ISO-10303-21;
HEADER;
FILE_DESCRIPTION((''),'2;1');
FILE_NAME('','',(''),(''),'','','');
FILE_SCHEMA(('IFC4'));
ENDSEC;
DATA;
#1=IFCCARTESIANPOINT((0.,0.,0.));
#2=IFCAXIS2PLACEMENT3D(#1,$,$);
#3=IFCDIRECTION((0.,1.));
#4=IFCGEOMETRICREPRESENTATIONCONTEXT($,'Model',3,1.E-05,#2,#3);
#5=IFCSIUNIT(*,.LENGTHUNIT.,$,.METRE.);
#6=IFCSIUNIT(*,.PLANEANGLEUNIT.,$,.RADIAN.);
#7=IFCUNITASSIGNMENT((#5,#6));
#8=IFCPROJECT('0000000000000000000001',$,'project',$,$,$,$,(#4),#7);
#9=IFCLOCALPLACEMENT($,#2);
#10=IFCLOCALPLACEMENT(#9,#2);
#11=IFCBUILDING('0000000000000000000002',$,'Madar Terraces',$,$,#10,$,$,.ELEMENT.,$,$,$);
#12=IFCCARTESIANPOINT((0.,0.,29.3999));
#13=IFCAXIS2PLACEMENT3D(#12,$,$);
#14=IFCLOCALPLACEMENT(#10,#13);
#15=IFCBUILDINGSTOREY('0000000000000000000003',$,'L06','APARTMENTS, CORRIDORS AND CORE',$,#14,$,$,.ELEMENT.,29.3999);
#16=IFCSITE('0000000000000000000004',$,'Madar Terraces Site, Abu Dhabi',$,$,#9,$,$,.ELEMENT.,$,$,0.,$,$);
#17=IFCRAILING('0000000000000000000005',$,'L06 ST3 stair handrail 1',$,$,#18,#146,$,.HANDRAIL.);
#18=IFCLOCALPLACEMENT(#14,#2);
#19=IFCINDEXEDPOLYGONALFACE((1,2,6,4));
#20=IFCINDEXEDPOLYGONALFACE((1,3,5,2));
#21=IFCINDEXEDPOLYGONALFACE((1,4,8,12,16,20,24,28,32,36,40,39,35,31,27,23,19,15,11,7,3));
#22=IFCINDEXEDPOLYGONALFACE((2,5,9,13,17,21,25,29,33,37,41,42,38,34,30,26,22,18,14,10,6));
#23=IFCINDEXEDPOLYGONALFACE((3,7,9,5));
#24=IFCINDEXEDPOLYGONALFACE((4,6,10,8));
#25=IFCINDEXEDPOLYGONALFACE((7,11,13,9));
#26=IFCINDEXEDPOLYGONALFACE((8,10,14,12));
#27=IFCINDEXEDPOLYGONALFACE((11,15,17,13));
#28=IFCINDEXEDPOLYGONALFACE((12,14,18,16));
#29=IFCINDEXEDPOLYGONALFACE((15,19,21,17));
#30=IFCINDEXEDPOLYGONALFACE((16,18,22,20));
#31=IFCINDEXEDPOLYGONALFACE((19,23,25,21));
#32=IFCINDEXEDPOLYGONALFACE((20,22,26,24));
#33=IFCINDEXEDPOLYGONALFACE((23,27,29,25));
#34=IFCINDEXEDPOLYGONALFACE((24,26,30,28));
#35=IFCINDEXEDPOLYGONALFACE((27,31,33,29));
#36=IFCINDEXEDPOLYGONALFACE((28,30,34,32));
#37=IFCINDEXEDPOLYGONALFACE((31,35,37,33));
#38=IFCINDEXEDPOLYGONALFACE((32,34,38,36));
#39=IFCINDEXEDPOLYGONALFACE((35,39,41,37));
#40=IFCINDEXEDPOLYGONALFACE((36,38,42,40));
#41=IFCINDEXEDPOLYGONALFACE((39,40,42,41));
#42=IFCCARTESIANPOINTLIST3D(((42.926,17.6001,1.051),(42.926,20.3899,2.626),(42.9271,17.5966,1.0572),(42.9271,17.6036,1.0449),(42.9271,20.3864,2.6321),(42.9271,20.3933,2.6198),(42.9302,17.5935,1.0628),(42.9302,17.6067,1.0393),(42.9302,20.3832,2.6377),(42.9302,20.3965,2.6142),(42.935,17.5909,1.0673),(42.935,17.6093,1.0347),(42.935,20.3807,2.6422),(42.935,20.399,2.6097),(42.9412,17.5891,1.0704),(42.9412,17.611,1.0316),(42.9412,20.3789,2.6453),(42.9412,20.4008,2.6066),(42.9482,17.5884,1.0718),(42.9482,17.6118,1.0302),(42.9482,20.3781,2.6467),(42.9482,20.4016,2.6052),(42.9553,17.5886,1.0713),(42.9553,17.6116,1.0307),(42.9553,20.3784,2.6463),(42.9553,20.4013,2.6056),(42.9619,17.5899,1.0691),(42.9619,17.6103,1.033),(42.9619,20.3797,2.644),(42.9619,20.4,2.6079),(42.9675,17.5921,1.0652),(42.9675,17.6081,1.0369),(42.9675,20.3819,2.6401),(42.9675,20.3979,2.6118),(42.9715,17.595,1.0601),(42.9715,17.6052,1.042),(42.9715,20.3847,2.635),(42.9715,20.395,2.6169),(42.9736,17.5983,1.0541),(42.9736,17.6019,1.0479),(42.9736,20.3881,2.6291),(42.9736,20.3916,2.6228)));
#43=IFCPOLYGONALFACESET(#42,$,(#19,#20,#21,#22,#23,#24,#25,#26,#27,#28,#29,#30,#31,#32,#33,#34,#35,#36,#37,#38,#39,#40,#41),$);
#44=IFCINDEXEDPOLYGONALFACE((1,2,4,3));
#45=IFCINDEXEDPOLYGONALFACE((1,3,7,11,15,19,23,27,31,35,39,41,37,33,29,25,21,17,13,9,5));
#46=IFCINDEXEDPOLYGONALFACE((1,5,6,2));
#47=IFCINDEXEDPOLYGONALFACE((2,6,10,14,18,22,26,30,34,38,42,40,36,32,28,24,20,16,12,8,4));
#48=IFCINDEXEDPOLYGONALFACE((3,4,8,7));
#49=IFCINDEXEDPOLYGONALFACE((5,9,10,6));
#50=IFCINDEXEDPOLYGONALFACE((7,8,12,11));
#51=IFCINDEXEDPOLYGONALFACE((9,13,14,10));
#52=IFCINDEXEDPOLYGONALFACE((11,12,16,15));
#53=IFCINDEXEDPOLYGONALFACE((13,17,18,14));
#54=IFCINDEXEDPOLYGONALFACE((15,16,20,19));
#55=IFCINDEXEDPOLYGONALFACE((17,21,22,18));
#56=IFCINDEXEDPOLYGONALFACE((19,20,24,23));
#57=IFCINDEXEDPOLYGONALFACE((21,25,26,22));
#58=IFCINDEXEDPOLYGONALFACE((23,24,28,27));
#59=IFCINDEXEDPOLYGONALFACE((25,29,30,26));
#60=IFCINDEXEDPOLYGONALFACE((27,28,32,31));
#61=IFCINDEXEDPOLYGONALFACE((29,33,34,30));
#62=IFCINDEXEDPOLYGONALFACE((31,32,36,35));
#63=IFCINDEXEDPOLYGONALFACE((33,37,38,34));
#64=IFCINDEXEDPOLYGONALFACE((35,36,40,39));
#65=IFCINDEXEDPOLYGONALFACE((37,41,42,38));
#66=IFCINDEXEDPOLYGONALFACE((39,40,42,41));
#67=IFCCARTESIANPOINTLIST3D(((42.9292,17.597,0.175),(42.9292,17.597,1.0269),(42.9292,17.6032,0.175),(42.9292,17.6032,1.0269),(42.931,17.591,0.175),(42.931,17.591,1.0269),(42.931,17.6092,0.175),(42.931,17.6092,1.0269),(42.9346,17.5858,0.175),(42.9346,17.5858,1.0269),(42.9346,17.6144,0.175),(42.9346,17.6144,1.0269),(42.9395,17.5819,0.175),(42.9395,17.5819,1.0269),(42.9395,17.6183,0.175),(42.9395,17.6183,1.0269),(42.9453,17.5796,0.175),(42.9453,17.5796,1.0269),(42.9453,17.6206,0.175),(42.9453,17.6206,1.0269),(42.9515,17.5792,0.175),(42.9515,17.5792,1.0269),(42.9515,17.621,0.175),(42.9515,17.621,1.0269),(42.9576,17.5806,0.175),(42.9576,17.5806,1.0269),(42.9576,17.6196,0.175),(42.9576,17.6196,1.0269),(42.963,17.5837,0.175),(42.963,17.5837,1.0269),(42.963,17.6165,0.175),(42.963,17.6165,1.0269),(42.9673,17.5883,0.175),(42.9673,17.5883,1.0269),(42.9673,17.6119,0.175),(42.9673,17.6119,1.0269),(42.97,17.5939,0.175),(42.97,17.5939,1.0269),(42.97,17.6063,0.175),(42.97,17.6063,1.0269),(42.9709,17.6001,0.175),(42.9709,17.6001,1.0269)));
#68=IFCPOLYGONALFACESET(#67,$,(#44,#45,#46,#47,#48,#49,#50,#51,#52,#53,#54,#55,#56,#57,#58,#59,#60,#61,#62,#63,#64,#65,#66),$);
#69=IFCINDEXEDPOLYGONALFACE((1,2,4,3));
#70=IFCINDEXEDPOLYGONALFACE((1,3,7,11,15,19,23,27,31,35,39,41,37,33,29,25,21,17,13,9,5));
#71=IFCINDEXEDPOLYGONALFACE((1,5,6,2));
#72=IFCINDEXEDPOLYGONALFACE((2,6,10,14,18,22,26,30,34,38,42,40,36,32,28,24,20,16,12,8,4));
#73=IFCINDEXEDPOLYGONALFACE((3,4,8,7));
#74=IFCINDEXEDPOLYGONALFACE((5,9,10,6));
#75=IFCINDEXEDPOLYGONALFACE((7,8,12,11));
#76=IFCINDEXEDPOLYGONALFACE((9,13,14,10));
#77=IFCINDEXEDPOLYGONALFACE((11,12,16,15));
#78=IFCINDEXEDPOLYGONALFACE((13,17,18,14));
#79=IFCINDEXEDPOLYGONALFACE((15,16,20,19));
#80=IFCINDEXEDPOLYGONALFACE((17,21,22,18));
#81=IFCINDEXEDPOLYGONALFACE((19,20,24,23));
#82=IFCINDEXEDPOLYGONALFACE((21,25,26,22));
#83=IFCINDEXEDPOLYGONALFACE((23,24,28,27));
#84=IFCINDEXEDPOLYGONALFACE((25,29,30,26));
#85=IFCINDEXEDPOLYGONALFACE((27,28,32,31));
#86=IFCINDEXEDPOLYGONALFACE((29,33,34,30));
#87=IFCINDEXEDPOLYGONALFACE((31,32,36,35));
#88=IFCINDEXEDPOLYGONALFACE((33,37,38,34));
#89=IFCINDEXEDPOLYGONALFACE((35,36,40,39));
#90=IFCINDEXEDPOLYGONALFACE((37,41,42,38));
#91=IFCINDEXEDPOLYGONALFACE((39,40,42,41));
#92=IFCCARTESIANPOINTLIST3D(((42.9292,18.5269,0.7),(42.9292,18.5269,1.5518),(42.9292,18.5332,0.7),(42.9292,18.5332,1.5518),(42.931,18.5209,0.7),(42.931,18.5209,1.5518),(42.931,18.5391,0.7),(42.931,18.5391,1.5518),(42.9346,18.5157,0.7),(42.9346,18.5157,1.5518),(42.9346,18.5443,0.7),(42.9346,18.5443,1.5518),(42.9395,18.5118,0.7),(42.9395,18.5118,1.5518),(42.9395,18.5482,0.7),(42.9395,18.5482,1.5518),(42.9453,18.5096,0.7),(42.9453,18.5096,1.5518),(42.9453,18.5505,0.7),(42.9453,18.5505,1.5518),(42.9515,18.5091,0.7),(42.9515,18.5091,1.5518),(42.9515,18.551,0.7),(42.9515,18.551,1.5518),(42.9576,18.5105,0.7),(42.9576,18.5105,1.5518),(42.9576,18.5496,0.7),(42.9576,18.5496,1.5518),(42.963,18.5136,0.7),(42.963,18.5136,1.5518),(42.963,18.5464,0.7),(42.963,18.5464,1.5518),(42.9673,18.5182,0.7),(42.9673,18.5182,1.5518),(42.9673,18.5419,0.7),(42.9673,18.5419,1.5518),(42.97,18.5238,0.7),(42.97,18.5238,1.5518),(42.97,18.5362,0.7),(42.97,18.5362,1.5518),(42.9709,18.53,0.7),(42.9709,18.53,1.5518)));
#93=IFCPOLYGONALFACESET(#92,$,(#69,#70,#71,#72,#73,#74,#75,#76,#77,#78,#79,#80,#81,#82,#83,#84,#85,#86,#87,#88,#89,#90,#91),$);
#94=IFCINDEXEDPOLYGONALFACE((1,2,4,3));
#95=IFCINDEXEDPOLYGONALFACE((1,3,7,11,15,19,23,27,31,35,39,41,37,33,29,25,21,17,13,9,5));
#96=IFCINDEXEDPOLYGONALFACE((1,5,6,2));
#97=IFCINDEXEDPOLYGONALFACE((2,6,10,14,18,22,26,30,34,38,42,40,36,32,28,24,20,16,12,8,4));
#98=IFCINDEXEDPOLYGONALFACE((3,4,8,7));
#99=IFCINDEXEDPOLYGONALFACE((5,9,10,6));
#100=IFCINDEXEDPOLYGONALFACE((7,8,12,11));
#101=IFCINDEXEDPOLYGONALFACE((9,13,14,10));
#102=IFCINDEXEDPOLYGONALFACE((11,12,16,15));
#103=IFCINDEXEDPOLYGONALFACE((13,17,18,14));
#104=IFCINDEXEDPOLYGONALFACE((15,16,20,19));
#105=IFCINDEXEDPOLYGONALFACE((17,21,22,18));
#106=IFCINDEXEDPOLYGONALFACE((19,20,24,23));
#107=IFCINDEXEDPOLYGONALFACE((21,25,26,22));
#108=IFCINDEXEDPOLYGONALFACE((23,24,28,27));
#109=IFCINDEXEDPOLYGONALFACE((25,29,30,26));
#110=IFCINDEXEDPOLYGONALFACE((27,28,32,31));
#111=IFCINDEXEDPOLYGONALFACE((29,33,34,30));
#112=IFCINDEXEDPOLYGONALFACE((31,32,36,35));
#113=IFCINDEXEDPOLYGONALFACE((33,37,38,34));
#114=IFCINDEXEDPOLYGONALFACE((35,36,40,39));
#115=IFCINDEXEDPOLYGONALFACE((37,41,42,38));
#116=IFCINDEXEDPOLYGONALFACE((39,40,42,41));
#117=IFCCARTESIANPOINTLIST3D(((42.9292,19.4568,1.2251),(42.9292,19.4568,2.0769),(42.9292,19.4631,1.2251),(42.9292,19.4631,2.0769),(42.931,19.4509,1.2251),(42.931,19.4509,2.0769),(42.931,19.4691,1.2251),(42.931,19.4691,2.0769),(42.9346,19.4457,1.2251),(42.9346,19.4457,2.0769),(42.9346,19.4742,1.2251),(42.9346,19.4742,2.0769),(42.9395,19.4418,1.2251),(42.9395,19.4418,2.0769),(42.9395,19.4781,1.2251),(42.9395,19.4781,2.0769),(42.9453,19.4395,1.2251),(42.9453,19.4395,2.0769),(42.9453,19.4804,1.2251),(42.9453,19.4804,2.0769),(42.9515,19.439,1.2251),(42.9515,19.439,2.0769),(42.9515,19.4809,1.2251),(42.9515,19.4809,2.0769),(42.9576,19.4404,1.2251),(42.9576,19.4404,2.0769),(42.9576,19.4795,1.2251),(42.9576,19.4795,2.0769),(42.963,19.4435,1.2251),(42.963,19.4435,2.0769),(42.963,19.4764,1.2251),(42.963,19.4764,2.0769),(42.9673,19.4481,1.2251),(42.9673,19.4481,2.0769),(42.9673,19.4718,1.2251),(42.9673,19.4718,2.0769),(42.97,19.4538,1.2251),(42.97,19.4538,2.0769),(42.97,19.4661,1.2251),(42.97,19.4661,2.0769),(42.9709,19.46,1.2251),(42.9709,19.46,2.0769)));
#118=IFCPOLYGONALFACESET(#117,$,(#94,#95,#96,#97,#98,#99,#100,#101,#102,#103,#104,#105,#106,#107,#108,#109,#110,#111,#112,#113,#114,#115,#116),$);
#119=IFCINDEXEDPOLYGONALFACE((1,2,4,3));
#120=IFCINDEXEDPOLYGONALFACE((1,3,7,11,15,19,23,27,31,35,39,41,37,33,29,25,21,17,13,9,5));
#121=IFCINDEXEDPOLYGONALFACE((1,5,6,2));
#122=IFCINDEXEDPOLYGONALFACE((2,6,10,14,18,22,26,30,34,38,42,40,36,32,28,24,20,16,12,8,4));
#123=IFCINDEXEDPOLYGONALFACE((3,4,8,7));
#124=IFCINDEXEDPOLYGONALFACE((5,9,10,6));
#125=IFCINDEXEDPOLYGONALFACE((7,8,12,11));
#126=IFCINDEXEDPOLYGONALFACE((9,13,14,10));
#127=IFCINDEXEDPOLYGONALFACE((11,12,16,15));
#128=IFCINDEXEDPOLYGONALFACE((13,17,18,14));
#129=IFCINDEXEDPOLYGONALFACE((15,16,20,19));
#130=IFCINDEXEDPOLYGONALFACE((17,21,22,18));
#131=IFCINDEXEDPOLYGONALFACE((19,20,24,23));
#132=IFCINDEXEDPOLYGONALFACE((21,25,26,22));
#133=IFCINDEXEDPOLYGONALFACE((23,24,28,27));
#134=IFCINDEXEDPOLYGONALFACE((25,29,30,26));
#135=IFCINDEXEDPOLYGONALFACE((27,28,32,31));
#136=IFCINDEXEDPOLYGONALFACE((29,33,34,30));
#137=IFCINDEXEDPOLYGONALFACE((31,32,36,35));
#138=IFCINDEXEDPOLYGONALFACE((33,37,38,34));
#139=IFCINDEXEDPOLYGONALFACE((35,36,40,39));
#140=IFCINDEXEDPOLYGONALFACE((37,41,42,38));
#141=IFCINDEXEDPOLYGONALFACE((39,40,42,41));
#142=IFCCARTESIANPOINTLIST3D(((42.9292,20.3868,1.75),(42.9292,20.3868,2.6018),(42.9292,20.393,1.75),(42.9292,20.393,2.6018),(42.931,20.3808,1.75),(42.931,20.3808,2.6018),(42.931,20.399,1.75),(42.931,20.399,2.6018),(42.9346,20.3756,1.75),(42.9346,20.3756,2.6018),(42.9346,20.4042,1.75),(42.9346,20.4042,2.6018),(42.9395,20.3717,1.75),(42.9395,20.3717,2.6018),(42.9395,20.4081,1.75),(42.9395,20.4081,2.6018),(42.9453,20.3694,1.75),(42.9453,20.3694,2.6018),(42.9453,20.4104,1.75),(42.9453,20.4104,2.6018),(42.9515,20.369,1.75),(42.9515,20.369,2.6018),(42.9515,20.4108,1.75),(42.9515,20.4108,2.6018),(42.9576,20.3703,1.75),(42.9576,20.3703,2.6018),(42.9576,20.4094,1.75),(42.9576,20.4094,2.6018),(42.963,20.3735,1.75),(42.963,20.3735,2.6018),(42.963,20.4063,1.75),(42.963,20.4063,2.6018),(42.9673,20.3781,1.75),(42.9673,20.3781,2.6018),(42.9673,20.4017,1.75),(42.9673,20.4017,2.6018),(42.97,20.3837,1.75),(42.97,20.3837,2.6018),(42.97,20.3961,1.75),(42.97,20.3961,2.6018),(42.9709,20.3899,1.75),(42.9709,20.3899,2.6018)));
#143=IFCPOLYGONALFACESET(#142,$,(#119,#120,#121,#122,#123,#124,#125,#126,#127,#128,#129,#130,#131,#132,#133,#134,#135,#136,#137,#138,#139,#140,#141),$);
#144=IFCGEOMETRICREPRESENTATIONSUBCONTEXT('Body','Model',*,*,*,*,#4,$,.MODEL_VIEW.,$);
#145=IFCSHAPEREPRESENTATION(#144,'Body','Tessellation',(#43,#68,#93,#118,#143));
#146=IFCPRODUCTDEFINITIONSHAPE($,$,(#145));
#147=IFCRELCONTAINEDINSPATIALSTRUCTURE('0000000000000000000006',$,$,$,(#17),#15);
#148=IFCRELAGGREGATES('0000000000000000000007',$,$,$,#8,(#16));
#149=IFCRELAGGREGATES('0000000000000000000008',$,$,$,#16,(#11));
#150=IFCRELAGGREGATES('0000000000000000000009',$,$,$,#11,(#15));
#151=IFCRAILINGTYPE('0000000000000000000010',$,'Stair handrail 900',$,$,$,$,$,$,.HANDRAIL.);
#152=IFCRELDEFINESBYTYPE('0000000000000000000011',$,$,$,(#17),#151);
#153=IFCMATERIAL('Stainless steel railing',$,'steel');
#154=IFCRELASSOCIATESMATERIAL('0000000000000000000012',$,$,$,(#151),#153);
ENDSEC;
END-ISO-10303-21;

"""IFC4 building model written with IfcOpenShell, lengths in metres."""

from ifc_helpers import new_model, si_unit, direction, frame, origin, origin_2d, place, context, subcontext, project, spatial, circle, extrude, material, type_object, element, save


model = new_model("IFC4")

# Units and contexts
model_context = context("Model", 3, precision=1e-05, world=origin(), true_north=direction((0.0, 1.0)))
body_context = subcontext(model_context, "Body", "Model", "MODEL_VIEW")
ifc_project = project(units=[si_unit("LENGTHUNIT", "METRE"), si_unit("PLANEANGLEUNIT", "RADIAN")], contexts=[model_context])

# Site, building, storey
site_placement = place(None, origin())
site = spatial("IfcSite", under=ifc_project, at=site_placement, Name="Madar Terraces Site, Abu Dhabi", CompositionType="ELEMENT", RefElevation=0.0)
building_placement = place(site_placement, origin())
building = spatial("IfcBuilding", under=site, at=building_placement, Name="Madar Terraces", CompositionType="ELEMENT")
storey_placement = place(building_placement, frame((0.0, 0.0, 29.3999)))
storey = spatial("IfcBuildingStorey", under=building, at=storey_placement, Name="L06", Description="APARTMENTS, CORRIDORS AND CORE", CompositionType="ELEMENT", Elevation=29.3999)

# Railing
ifc_material_1 = material(Name="Stainless steel railing", Category="steel")
railing_type_1 = type_object("IfcRailingType", Name="Stair handrail 900", PredefinedType="HANDRAIL", material=ifc_material_1)
railing_1_placement = place(storey_placement, frame((42.95, 17.6001, 0.175)))
element("IfcRailing", 1, at=railing_1_placement, inside=storey, type_object=railing_type_1, Name="L06 ST3 stair handrail 1", PredefinedType="HANDRAIL", context=body_context, shape_type="SweptSolid", body=[
    extrude(circle(Radius=0.0239, at=origin_2d()), frame((0.0, 0.0, 0.876), z_axis=(0.0, 0.870815, 0.49161), x_axis=(-1.0, 0.0, 0.0)), (0.0, 0.0, 1.0), 3.2036),
    extrude(circle(Radius=0.021, at=origin_2d()), origin(), (0.0, 0.0, 1.0), 0.8518),
    extrude(circle(Radius=0.021, at=origin_2d()), frame((0.0, 0.9299, 0.5249)), (0.0, 0.0, 1.0), 0.8518),
    extrude(circle(Radius=0.021, at=origin_2d()), frame((0.0, 1.8599, 1.05)), (0.0, 0.0, 1.0), 0.8518),
    extrude(circle(Radius=0.021, at=origin_2d()), frame((0.0, 2.7898, 1.575)), (0.0, 0.0, 1.0), 0.8518),
])

save(model, "model.ifc")
